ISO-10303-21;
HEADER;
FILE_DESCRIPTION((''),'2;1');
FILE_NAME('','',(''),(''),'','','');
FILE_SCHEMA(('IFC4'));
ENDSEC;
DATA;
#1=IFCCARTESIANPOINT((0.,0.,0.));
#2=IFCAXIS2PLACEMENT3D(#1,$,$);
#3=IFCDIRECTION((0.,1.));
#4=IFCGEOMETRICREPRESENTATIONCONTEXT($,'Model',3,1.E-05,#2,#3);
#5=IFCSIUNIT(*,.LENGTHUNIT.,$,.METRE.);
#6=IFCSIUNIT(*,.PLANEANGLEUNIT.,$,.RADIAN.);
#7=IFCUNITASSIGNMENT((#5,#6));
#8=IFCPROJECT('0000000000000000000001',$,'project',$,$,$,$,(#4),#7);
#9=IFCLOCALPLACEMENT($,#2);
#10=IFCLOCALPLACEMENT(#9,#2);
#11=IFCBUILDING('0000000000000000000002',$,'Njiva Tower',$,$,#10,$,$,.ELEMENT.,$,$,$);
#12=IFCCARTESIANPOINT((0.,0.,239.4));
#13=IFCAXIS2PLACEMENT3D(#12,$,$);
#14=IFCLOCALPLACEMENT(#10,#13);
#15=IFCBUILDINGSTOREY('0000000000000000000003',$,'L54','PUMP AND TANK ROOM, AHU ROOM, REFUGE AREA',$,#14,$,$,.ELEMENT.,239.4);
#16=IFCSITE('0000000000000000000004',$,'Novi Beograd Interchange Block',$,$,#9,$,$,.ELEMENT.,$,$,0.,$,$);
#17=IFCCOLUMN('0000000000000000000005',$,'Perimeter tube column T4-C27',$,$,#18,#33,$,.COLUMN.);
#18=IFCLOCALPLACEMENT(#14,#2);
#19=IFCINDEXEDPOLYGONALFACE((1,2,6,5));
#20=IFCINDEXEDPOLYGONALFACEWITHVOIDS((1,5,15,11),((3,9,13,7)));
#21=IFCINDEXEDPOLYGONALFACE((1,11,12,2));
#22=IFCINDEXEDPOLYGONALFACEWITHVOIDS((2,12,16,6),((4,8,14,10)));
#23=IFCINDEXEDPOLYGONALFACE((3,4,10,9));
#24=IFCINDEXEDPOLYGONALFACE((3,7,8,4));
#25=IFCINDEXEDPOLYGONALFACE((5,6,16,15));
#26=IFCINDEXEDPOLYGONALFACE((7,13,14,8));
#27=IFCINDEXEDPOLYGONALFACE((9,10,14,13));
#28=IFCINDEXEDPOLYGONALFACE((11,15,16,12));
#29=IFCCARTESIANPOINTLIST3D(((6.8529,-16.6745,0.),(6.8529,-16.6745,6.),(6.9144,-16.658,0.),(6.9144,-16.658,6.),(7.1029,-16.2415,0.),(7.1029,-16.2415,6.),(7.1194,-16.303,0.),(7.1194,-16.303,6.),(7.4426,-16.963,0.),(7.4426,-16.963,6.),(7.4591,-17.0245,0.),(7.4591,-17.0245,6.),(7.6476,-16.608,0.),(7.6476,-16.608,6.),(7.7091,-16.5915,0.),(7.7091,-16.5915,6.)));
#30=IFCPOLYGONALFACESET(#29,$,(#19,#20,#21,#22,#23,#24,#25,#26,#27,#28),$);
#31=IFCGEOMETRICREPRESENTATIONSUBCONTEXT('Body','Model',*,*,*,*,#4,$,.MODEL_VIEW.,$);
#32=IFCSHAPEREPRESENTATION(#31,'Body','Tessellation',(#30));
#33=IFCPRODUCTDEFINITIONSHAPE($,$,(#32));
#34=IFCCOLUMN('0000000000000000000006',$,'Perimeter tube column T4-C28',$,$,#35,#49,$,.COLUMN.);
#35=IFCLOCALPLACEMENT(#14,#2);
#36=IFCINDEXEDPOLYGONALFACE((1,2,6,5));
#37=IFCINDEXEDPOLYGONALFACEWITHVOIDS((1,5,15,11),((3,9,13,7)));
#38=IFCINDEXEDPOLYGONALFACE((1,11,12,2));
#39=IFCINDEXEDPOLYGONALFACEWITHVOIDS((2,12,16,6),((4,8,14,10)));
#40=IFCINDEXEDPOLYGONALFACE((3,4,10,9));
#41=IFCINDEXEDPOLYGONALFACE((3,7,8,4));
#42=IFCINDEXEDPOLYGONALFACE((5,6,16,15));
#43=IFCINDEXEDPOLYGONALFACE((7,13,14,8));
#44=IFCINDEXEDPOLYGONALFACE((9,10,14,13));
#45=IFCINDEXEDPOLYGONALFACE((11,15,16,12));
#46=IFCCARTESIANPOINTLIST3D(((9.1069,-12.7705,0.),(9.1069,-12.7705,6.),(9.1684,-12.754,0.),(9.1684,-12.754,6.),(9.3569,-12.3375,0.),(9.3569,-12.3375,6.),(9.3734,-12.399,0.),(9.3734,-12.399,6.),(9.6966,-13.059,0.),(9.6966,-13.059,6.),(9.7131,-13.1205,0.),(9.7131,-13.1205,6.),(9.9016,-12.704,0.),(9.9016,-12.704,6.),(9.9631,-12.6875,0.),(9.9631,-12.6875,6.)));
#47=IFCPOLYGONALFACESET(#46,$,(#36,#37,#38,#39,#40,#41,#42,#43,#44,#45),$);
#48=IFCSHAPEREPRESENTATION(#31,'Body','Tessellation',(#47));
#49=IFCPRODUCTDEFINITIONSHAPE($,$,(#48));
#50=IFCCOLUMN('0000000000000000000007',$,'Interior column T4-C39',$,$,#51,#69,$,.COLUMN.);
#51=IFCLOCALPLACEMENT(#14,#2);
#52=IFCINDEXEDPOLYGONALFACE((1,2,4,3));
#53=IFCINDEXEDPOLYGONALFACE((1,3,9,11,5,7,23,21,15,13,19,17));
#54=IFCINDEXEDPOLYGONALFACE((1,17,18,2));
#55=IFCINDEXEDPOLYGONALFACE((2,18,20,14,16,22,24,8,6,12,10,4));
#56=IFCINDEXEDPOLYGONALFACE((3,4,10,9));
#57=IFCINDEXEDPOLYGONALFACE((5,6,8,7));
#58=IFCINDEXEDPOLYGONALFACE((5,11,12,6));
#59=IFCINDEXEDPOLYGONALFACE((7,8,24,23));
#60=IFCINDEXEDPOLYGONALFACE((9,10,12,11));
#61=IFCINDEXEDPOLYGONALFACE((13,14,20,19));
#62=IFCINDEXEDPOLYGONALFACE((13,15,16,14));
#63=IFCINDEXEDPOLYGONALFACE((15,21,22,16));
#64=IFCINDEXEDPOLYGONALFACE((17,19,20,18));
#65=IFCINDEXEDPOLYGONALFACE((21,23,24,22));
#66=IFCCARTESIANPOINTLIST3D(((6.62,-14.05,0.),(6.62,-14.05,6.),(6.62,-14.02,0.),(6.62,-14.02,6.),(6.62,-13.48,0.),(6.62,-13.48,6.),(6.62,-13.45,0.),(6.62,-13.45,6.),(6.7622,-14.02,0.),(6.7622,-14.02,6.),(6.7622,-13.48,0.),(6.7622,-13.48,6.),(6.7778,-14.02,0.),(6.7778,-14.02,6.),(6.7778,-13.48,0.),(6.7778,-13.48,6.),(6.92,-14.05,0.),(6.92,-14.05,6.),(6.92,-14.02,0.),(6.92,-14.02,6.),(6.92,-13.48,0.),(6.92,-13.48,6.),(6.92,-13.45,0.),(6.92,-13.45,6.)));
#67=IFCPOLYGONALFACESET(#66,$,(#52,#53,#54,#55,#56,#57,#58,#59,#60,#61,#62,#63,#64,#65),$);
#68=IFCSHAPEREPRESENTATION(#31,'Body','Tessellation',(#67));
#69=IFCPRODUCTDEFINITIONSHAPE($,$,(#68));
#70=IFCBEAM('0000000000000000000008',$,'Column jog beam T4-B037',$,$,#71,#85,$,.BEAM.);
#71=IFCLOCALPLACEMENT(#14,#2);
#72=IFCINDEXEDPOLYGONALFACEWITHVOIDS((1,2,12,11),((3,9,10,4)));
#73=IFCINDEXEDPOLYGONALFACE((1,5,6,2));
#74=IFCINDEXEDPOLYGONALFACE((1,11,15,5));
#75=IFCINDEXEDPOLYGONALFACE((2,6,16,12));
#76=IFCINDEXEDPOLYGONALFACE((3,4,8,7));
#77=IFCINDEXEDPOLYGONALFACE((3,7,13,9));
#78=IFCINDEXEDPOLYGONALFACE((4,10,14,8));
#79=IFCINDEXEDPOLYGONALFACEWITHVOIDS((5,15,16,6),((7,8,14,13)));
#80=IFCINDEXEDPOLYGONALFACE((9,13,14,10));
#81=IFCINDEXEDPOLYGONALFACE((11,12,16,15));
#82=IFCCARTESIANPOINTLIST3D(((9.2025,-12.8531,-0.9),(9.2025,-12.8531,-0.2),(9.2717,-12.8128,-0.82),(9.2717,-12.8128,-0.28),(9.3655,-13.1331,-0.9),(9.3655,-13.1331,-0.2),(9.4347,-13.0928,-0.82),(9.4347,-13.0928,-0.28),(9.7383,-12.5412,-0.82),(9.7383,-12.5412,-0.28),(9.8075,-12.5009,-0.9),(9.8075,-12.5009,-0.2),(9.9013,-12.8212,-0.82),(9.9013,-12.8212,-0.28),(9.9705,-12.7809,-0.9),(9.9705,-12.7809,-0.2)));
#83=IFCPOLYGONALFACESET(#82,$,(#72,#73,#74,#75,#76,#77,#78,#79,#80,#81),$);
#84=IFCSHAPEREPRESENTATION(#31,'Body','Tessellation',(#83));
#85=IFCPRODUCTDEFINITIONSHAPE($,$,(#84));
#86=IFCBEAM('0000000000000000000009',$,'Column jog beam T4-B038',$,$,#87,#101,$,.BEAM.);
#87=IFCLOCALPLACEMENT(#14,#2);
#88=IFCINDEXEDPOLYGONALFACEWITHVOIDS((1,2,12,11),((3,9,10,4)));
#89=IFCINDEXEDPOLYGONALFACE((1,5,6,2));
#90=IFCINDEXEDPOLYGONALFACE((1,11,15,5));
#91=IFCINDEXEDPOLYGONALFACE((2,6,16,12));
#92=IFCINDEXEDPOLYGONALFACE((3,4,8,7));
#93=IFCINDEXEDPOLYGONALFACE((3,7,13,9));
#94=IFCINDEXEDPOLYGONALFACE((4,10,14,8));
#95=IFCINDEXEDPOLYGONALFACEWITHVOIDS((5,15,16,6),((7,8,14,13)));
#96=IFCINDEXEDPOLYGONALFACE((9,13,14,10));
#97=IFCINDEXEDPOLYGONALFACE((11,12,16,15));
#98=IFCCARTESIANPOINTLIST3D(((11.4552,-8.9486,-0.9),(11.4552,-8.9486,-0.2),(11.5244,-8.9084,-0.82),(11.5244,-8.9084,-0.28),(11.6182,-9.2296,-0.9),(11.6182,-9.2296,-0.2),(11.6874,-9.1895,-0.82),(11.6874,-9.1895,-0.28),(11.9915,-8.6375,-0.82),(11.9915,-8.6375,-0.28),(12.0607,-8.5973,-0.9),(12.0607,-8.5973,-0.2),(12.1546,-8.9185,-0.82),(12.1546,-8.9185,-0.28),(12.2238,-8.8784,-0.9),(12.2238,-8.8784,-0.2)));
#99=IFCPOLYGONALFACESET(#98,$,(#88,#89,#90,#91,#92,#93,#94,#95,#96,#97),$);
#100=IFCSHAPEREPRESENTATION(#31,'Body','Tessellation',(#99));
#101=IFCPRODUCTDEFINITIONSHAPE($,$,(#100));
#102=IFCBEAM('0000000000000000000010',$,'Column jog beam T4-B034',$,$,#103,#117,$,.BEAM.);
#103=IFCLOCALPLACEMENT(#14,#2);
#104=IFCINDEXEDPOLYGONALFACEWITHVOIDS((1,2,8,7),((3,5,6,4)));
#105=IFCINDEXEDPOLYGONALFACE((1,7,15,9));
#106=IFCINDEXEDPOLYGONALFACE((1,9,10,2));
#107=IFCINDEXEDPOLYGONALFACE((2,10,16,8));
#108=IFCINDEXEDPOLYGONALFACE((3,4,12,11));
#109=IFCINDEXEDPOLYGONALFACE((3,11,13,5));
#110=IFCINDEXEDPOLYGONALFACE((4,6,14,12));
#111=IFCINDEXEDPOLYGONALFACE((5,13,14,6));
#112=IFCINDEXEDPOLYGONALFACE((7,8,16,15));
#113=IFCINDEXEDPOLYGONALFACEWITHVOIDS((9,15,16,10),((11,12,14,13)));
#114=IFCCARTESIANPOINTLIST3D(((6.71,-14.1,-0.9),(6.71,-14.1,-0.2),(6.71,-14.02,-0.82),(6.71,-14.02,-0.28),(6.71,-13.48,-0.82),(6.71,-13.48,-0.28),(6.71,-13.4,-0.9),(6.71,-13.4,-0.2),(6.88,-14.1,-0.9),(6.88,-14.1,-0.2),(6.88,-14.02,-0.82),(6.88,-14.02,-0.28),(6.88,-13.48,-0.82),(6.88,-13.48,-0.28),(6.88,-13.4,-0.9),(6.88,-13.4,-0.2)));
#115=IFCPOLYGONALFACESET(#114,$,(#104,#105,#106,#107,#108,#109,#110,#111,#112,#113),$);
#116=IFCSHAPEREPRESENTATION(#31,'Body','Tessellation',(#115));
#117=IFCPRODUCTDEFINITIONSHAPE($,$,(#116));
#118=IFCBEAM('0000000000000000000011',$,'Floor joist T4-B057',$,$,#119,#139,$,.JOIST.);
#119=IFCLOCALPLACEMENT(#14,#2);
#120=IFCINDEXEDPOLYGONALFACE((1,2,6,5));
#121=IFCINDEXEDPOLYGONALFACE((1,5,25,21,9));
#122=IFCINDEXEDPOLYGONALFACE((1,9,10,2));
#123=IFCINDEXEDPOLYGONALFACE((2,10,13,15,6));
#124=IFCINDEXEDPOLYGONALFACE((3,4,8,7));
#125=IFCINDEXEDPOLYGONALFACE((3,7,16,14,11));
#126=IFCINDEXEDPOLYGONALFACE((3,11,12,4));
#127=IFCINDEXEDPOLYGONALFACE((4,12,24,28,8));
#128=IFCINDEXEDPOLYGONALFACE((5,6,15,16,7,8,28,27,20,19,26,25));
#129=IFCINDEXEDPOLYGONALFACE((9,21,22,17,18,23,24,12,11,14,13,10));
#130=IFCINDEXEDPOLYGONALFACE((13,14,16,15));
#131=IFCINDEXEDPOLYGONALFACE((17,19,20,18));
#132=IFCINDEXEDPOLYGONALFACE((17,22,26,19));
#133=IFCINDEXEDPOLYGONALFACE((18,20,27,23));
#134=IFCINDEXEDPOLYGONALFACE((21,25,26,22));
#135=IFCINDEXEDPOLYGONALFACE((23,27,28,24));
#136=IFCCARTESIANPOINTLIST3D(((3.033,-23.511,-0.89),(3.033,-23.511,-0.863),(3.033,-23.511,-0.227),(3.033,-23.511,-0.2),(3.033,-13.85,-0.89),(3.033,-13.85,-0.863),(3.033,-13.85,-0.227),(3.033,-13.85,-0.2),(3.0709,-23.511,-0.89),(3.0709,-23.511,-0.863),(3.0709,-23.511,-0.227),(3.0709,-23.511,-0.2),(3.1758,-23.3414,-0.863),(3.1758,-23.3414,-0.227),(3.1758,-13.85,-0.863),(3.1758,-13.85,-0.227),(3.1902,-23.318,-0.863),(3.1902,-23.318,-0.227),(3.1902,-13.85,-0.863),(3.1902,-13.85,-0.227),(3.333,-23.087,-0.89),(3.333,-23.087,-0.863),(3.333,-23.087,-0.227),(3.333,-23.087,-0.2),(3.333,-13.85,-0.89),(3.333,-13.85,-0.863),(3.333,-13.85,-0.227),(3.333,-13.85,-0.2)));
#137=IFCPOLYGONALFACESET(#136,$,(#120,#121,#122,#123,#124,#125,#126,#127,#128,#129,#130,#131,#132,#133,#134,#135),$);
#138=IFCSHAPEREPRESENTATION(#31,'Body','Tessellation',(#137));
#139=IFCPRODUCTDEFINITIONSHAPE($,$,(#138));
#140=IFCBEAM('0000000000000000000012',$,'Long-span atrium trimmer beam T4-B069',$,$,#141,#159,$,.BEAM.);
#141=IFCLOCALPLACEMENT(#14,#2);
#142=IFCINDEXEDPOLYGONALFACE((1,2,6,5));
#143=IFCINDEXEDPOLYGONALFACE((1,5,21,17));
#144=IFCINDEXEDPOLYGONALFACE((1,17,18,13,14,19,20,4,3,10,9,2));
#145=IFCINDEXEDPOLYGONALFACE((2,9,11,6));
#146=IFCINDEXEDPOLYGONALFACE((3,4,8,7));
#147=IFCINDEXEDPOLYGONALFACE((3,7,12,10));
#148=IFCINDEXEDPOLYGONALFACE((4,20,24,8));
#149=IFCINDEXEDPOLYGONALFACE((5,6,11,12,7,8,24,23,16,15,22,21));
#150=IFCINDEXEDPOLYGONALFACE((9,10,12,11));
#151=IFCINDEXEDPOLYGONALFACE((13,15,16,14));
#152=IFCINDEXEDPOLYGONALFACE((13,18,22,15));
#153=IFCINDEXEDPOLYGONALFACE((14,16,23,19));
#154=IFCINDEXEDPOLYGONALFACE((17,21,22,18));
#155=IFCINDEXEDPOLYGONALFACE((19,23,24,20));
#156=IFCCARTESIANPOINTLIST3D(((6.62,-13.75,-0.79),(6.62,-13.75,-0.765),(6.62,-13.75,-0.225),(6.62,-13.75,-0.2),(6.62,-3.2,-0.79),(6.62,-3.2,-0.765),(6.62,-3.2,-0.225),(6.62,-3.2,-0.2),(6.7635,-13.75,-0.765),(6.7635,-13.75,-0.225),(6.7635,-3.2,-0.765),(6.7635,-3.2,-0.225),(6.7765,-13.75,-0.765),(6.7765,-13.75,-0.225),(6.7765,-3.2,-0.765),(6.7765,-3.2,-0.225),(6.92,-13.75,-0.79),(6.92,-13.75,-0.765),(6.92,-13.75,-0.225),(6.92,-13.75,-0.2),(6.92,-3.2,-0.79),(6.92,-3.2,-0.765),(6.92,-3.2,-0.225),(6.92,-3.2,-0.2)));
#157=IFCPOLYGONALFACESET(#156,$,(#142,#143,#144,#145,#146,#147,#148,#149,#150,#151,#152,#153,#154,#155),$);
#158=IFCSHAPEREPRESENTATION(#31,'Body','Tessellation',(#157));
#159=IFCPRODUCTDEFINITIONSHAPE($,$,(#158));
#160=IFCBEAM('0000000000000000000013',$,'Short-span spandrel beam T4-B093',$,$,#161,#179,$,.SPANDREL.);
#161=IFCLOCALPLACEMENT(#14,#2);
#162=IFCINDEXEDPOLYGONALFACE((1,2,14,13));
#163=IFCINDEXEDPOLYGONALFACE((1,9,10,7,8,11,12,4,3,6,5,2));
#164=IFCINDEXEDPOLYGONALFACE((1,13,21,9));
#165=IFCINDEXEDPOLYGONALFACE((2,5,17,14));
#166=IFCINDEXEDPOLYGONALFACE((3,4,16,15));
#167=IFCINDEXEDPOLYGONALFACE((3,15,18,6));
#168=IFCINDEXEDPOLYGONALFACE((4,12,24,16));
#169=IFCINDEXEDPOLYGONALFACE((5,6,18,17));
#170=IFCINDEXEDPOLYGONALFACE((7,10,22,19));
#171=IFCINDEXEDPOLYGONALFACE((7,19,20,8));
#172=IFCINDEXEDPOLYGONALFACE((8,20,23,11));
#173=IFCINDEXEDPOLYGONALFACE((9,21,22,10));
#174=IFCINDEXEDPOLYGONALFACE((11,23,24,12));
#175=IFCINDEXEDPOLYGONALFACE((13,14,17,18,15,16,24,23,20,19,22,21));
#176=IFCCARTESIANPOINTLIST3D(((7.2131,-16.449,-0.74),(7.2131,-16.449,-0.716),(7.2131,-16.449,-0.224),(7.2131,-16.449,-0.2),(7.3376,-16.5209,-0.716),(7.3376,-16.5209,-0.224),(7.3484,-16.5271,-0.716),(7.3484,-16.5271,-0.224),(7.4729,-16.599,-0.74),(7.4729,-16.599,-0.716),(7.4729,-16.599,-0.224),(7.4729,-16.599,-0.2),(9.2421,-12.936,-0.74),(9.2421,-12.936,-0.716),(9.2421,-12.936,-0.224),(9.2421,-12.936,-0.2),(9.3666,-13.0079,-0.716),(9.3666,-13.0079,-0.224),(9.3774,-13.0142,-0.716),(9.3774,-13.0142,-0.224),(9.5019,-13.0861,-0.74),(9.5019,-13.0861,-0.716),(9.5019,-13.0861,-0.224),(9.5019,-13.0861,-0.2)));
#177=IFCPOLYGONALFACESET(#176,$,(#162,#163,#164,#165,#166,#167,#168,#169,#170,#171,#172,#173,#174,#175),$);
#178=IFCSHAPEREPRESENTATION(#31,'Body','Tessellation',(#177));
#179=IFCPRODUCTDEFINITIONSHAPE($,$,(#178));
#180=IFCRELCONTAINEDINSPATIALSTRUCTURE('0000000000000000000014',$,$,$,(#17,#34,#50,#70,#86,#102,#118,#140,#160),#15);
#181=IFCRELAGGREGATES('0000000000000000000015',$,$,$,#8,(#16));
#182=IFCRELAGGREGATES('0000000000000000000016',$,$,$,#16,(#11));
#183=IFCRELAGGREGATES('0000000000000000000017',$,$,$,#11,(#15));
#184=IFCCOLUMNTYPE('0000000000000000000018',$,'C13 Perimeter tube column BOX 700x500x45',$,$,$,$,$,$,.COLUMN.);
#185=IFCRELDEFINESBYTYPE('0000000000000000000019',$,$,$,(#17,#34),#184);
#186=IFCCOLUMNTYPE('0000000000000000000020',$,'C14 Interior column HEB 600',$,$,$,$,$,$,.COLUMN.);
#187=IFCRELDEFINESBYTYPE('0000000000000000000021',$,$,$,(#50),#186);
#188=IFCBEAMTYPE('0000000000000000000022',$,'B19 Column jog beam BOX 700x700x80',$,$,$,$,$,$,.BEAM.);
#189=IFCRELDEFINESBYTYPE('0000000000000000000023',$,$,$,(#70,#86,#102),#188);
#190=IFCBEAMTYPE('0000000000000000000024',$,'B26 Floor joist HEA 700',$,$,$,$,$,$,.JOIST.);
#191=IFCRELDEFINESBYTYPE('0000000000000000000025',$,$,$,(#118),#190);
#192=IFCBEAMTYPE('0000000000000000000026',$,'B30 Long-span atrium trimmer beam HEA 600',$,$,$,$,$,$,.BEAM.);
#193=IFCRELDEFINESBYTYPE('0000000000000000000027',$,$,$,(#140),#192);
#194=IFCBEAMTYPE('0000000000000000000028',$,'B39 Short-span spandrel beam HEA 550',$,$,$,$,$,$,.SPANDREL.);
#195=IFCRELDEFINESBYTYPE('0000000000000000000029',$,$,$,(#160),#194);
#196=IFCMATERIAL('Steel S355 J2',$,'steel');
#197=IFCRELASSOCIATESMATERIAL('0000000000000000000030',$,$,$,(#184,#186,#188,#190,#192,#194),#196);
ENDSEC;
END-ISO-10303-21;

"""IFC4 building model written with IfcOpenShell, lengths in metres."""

from ifc_helpers import new_model, si_unit, direction, frame, origin, origin_2d, place, context, subcontext, project, spatial, hollow_rectangle, i_section, extrude, clip, halfspace, material, material_profile, profile_set, type_object, element, save


model = new_model("IFC4")

# Units and contexts
model_context = context("Model", 3, precision=1e-05, world=origin(), true_north=direction((0.0, 1.0)))
body_context = subcontext(model_context, "Body", "Model", "MODEL_VIEW")
ifc_project = project(units=[si_unit("LENGTHUNIT", "METRE"), si_unit("PLANEANGLEUNIT", "RADIAN")], contexts=[model_context])

# Site, building, storey
site_placement = place(None, origin())
site = spatial("IfcSite", under=ifc_project, at=site_placement, Name="Novi Beograd Interchange Block", CompositionType="ELEMENT", RefElevation=0.0)
building_placement = place(site_placement, origin())
building = spatial("IfcBuilding", under=site, at=building_placement, Name="Njiva Tower", CompositionType="ELEMENT")
storey_placement = place(building_placement, frame((0.0, 0.0, 239.4)))
storey = spatial("IfcBuildingStorey", under=building, at=storey_placement, Name="L54", Description="PUMP AND TANK ROOM, AHU ROOM, REFUGE AREA", CompositionType="ELEMENT", Elevation=239.4)

# Columns
ifc_material_1 = material(Name="Steel S355 J2", Category="steel")
ifc_material_profile_1 = material_profile(ifc_material_1, hollow_rectangle(XDim=0.5, YDim=0.7, WallThickness=0.045, at=origin_2d()), Name="BOX 700x500x45")
ifc_profile_set_1 = profile_set([ifc_material_profile_1], Name="Steel S355 J2")
column_type_1 = type_object("IfcColumnType", Name="C13 Perimeter tube column BOX 700x500x45", PredefinedType="COLUMN", material=ifc_profile_set_1)
for number, where, z_axis, x_axis, name in (
    (1, (7.281, -16.633, 0.0), (0.0, 0.0, 1.0), (0.5, 0.866025, 0.0), "Perimeter tube column T4-C27"),
    (2, (9.535, -12.729, 0.0), (0.0, 0.0, 1.0), (0.5, 0.866025, 0.0), "Perimeter tube column T4-C28"),
):
    element("IfcColumn", number, at=place(storey_placement, frame(where, z_axis=z_axis, x_axis=x_axis)), inside=storey, type_object=column_type_1, Name=name, PredefinedType="COLUMN", context=body_context, shape_type="SweptSolid", body=[
        extrude(hollow_rectangle(XDim=0.5, YDim=0.7, WallThickness=0.045, at=origin_2d()), origin(), (0.0, 0.0, 1.0), 6.0),
    ])
ifc_material_profile_2 = material_profile(ifc_material_1, i_section(OverallWidth=0.3, OverallDepth=0.6, WebThickness=0.0155, FlangeThickness=0.03, at=origin_2d()), Name="HEB 600")
ifc_profile_set_2 = profile_set([ifc_material_profile_2], Name="Steel S355 J2")
column_type_2 = type_object("IfcColumnType", Name="C14 Interior column HEB 600", PredefinedType="COLUMN", material=ifc_profile_set_2)
column_placement = place(storey_placement, frame((6.77, -13.75, 0.0), z_axis=(0.0, 0.0, 1.0), x_axis=(1.0, 0.0, 0.0)))
element("IfcColumn", 3, at=column_placement, inside=storey, type_object=column_type_2, Name="Interior column T4-C39", PredefinedType="COLUMN", context=body_context, shape_type="SweptSolid", body=[
    extrude(i_section(OverallWidth=0.3, OverallDepth=0.6, WebThickness=0.0155, FlangeThickness=0.03, at=origin_2d()), origin(), (0.0, 0.0, 1.0), 6.0),
])

# Beams
ifc_material_profile_3 = material_profile(ifc_material_1, hollow_rectangle(XDim=0.7, YDim=0.7, WallThickness=0.08, at=origin_2d()), Name="BOX 700x700x80")
ifc_profile_set_3 = profile_set([ifc_material_profile_3], Name="Steel S355 J2")
beam_type_1 = type_object("IfcBeamType", Name="B19 Column jog beam BOX 700x700x80", PredefinedType="BEAM", material=ifc_profile_set_3)
beam_1_placement = place(storey_placement, frame((9.668, -12.957, -0.55), z_axis=(-0.503103, 0.864226, 0.0), x_axis=(-0.864226, -0.503103, 0.0)))
element("IfcBeam", 4, at=beam_1_placement, inside=storey, type_object=beam_type_1, Name="Column jog beam T4-B037", PredefinedType="BEAM", context=body_context, shape_type="SweptSolid", body=[
    extrude(hollow_rectangle(XDim=0.7, YDim=0.7, WallThickness=0.08, at=origin_2d()), origin(), (0.0, 0.0, 1.0), 0.324),
])
beam_2_placement = place(storey_placement, frame((11.921, -9.054, -0.55), z_axis=(-0.501764, 0.865004, 0.0), x_axis=(-0.865004, -0.501764, 0.0)))
element("IfcBeam", 5, at=beam_2_placement, inside=storey, type_object=beam_type_1, Name="Column jog beam T4-B038", PredefinedType="BEAM", context=body_context, shape_type="SweptSolid", body=[
    extrude(hollow_rectangle(XDim=0.7, YDim=0.7, WallThickness=0.08, at=origin_2d()), origin(), (0.0, 0.0, 1.0), 0.3249),
])
beam_3_placement = place(storey_placement, frame((6.88, -13.75, -0.55), z_axis=(-1.0, 0.0, 0.0), x_axis=(0.0, -1.0, 0.0)))
element("IfcBeam", 6, at=beam_3_placement, inside=storey, type_object=beam_type_1, Name="Column jog beam T4-B034", PredefinedType="BEAM", context=body_context, shape_type="SweptSolid", body=[
    extrude(hollow_rectangle(XDim=0.7, YDim=0.7, WallThickness=0.08, at=origin_2d()), origin(), (0.0, 0.0, 1.0), 0.17),
])
ifc_material_profile_4 = material_profile(ifc_material_1, i_section(OverallWidth=0.3, OverallDepth=0.69, WebThickness=0.0145, FlangeThickness=0.027, at=origin_2d()), Name="HEA 700")
ifc_profile_set_4 = profile_set([ifc_material_profile_4], Name="Steel S355 J2")
beam_type_2 = type_object("IfcBeamType", Name="B26 Floor joist HEA 700", PredefinedType="JOIST", material=ifc_profile_set_4)
beam_4_placement = place(storey_placement, frame((3.183, -13.85, -0.545), z_axis=(0.0, -1.0, 0.0), x_axis=(1.0, 0.0, 0.0)))
element("IfcBeam", 7, at=beam_4_placement, inside=storey, type_object=beam_type_2, Name="Floor joist T4-B057", PredefinedType="JOIST", context=body_context, shape_type="Clipping", body=[
    clip(extrude(i_section(OverallWidth=0.3, OverallDepth=0.69, WebThickness=0.0145, FlangeThickness=0.027, at=origin_2d()), origin(), (0.0, 0.0, 1.0), 9.661), halfspace(frame((0.0429, 0.0, 9.4103), z_axis=(0.85062, 0.0, 0.52578), x_axis=(0.0, 1.0, 0.0)), False)),
])
ifc_material_profile_5 = material_profile(ifc_material_1, i_section(OverallWidth=0.3, OverallDepth=0.59, WebThickness=0.013, FlangeThickness=0.025, at=origin_2d()), Name="HEA 600")
ifc_profile_set_5 = profile_set([ifc_material_profile_5], Name="Steel S355 J2")
beam_type_3 = type_object("IfcBeamType", Name="B30 Long-span atrium trimmer beam HEA 600", PredefinedType="BEAM", material=ifc_profile_set_5)
beam_5_placement = place(storey_placement, frame((6.77, -13.75, -0.495), z_axis=(0.0, 1.0, 0.0), x_axis=(-1.0, 0.0, 0.0)))
element("IfcBeam", 8, at=beam_5_placement, inside=storey, type_object=beam_type_3, Name="Long-span atrium trimmer beam T4-B069", PredefinedType="BEAM", context=body_context, shape_type="SweptSolid", body=[
    extrude(i_section(OverallWidth=0.3, OverallDepth=0.59, WebThickness=0.013, FlangeThickness=0.025, at=origin_2d()), origin(), (0.0, 0.0, 1.0), 10.55),
])
ifc_material_profile_6 = material_profile(ifc_material_1, i_section(OverallWidth=0.3, OverallDepth=0.54, WebThickness=0.0125, FlangeThickness=0.024, at=origin_2d()), Name="HEA 550")
ifc_profile_set_6 = profile_set([ifc_material_profile_6], Name="Steel S355 J2")
beam_type_4 = type_object("IfcBeamType", Name="B39 Short-span spandrel beam HEA 550", PredefinedType="SPANDREL", material=ifc_profile_set_6)
beam_6_placement = place(storey_placement, frame((7.343, -16.524, -0.47), z_axis=(0.500142, 0.865943, 0.0), x_axis=(-0.865943, 0.500142, 0.0)))
element("IfcBeam", 9, at=beam_6_placement, inside=storey, type_object=beam_type_4, Name="Short-span spandrel beam T4-B093", PredefinedType="SPANDREL", context=body_context, shape_type="SweptSolid", body=[
    extrude(i_section(OverallWidth=0.3, OverallDepth=0.54, WebThickness=0.0125, FlangeThickness=0.024, at=origin_2d()), origin(), (0.0, 0.0, 1.0), 4.0568),
])

save(model, "model.ifc")
